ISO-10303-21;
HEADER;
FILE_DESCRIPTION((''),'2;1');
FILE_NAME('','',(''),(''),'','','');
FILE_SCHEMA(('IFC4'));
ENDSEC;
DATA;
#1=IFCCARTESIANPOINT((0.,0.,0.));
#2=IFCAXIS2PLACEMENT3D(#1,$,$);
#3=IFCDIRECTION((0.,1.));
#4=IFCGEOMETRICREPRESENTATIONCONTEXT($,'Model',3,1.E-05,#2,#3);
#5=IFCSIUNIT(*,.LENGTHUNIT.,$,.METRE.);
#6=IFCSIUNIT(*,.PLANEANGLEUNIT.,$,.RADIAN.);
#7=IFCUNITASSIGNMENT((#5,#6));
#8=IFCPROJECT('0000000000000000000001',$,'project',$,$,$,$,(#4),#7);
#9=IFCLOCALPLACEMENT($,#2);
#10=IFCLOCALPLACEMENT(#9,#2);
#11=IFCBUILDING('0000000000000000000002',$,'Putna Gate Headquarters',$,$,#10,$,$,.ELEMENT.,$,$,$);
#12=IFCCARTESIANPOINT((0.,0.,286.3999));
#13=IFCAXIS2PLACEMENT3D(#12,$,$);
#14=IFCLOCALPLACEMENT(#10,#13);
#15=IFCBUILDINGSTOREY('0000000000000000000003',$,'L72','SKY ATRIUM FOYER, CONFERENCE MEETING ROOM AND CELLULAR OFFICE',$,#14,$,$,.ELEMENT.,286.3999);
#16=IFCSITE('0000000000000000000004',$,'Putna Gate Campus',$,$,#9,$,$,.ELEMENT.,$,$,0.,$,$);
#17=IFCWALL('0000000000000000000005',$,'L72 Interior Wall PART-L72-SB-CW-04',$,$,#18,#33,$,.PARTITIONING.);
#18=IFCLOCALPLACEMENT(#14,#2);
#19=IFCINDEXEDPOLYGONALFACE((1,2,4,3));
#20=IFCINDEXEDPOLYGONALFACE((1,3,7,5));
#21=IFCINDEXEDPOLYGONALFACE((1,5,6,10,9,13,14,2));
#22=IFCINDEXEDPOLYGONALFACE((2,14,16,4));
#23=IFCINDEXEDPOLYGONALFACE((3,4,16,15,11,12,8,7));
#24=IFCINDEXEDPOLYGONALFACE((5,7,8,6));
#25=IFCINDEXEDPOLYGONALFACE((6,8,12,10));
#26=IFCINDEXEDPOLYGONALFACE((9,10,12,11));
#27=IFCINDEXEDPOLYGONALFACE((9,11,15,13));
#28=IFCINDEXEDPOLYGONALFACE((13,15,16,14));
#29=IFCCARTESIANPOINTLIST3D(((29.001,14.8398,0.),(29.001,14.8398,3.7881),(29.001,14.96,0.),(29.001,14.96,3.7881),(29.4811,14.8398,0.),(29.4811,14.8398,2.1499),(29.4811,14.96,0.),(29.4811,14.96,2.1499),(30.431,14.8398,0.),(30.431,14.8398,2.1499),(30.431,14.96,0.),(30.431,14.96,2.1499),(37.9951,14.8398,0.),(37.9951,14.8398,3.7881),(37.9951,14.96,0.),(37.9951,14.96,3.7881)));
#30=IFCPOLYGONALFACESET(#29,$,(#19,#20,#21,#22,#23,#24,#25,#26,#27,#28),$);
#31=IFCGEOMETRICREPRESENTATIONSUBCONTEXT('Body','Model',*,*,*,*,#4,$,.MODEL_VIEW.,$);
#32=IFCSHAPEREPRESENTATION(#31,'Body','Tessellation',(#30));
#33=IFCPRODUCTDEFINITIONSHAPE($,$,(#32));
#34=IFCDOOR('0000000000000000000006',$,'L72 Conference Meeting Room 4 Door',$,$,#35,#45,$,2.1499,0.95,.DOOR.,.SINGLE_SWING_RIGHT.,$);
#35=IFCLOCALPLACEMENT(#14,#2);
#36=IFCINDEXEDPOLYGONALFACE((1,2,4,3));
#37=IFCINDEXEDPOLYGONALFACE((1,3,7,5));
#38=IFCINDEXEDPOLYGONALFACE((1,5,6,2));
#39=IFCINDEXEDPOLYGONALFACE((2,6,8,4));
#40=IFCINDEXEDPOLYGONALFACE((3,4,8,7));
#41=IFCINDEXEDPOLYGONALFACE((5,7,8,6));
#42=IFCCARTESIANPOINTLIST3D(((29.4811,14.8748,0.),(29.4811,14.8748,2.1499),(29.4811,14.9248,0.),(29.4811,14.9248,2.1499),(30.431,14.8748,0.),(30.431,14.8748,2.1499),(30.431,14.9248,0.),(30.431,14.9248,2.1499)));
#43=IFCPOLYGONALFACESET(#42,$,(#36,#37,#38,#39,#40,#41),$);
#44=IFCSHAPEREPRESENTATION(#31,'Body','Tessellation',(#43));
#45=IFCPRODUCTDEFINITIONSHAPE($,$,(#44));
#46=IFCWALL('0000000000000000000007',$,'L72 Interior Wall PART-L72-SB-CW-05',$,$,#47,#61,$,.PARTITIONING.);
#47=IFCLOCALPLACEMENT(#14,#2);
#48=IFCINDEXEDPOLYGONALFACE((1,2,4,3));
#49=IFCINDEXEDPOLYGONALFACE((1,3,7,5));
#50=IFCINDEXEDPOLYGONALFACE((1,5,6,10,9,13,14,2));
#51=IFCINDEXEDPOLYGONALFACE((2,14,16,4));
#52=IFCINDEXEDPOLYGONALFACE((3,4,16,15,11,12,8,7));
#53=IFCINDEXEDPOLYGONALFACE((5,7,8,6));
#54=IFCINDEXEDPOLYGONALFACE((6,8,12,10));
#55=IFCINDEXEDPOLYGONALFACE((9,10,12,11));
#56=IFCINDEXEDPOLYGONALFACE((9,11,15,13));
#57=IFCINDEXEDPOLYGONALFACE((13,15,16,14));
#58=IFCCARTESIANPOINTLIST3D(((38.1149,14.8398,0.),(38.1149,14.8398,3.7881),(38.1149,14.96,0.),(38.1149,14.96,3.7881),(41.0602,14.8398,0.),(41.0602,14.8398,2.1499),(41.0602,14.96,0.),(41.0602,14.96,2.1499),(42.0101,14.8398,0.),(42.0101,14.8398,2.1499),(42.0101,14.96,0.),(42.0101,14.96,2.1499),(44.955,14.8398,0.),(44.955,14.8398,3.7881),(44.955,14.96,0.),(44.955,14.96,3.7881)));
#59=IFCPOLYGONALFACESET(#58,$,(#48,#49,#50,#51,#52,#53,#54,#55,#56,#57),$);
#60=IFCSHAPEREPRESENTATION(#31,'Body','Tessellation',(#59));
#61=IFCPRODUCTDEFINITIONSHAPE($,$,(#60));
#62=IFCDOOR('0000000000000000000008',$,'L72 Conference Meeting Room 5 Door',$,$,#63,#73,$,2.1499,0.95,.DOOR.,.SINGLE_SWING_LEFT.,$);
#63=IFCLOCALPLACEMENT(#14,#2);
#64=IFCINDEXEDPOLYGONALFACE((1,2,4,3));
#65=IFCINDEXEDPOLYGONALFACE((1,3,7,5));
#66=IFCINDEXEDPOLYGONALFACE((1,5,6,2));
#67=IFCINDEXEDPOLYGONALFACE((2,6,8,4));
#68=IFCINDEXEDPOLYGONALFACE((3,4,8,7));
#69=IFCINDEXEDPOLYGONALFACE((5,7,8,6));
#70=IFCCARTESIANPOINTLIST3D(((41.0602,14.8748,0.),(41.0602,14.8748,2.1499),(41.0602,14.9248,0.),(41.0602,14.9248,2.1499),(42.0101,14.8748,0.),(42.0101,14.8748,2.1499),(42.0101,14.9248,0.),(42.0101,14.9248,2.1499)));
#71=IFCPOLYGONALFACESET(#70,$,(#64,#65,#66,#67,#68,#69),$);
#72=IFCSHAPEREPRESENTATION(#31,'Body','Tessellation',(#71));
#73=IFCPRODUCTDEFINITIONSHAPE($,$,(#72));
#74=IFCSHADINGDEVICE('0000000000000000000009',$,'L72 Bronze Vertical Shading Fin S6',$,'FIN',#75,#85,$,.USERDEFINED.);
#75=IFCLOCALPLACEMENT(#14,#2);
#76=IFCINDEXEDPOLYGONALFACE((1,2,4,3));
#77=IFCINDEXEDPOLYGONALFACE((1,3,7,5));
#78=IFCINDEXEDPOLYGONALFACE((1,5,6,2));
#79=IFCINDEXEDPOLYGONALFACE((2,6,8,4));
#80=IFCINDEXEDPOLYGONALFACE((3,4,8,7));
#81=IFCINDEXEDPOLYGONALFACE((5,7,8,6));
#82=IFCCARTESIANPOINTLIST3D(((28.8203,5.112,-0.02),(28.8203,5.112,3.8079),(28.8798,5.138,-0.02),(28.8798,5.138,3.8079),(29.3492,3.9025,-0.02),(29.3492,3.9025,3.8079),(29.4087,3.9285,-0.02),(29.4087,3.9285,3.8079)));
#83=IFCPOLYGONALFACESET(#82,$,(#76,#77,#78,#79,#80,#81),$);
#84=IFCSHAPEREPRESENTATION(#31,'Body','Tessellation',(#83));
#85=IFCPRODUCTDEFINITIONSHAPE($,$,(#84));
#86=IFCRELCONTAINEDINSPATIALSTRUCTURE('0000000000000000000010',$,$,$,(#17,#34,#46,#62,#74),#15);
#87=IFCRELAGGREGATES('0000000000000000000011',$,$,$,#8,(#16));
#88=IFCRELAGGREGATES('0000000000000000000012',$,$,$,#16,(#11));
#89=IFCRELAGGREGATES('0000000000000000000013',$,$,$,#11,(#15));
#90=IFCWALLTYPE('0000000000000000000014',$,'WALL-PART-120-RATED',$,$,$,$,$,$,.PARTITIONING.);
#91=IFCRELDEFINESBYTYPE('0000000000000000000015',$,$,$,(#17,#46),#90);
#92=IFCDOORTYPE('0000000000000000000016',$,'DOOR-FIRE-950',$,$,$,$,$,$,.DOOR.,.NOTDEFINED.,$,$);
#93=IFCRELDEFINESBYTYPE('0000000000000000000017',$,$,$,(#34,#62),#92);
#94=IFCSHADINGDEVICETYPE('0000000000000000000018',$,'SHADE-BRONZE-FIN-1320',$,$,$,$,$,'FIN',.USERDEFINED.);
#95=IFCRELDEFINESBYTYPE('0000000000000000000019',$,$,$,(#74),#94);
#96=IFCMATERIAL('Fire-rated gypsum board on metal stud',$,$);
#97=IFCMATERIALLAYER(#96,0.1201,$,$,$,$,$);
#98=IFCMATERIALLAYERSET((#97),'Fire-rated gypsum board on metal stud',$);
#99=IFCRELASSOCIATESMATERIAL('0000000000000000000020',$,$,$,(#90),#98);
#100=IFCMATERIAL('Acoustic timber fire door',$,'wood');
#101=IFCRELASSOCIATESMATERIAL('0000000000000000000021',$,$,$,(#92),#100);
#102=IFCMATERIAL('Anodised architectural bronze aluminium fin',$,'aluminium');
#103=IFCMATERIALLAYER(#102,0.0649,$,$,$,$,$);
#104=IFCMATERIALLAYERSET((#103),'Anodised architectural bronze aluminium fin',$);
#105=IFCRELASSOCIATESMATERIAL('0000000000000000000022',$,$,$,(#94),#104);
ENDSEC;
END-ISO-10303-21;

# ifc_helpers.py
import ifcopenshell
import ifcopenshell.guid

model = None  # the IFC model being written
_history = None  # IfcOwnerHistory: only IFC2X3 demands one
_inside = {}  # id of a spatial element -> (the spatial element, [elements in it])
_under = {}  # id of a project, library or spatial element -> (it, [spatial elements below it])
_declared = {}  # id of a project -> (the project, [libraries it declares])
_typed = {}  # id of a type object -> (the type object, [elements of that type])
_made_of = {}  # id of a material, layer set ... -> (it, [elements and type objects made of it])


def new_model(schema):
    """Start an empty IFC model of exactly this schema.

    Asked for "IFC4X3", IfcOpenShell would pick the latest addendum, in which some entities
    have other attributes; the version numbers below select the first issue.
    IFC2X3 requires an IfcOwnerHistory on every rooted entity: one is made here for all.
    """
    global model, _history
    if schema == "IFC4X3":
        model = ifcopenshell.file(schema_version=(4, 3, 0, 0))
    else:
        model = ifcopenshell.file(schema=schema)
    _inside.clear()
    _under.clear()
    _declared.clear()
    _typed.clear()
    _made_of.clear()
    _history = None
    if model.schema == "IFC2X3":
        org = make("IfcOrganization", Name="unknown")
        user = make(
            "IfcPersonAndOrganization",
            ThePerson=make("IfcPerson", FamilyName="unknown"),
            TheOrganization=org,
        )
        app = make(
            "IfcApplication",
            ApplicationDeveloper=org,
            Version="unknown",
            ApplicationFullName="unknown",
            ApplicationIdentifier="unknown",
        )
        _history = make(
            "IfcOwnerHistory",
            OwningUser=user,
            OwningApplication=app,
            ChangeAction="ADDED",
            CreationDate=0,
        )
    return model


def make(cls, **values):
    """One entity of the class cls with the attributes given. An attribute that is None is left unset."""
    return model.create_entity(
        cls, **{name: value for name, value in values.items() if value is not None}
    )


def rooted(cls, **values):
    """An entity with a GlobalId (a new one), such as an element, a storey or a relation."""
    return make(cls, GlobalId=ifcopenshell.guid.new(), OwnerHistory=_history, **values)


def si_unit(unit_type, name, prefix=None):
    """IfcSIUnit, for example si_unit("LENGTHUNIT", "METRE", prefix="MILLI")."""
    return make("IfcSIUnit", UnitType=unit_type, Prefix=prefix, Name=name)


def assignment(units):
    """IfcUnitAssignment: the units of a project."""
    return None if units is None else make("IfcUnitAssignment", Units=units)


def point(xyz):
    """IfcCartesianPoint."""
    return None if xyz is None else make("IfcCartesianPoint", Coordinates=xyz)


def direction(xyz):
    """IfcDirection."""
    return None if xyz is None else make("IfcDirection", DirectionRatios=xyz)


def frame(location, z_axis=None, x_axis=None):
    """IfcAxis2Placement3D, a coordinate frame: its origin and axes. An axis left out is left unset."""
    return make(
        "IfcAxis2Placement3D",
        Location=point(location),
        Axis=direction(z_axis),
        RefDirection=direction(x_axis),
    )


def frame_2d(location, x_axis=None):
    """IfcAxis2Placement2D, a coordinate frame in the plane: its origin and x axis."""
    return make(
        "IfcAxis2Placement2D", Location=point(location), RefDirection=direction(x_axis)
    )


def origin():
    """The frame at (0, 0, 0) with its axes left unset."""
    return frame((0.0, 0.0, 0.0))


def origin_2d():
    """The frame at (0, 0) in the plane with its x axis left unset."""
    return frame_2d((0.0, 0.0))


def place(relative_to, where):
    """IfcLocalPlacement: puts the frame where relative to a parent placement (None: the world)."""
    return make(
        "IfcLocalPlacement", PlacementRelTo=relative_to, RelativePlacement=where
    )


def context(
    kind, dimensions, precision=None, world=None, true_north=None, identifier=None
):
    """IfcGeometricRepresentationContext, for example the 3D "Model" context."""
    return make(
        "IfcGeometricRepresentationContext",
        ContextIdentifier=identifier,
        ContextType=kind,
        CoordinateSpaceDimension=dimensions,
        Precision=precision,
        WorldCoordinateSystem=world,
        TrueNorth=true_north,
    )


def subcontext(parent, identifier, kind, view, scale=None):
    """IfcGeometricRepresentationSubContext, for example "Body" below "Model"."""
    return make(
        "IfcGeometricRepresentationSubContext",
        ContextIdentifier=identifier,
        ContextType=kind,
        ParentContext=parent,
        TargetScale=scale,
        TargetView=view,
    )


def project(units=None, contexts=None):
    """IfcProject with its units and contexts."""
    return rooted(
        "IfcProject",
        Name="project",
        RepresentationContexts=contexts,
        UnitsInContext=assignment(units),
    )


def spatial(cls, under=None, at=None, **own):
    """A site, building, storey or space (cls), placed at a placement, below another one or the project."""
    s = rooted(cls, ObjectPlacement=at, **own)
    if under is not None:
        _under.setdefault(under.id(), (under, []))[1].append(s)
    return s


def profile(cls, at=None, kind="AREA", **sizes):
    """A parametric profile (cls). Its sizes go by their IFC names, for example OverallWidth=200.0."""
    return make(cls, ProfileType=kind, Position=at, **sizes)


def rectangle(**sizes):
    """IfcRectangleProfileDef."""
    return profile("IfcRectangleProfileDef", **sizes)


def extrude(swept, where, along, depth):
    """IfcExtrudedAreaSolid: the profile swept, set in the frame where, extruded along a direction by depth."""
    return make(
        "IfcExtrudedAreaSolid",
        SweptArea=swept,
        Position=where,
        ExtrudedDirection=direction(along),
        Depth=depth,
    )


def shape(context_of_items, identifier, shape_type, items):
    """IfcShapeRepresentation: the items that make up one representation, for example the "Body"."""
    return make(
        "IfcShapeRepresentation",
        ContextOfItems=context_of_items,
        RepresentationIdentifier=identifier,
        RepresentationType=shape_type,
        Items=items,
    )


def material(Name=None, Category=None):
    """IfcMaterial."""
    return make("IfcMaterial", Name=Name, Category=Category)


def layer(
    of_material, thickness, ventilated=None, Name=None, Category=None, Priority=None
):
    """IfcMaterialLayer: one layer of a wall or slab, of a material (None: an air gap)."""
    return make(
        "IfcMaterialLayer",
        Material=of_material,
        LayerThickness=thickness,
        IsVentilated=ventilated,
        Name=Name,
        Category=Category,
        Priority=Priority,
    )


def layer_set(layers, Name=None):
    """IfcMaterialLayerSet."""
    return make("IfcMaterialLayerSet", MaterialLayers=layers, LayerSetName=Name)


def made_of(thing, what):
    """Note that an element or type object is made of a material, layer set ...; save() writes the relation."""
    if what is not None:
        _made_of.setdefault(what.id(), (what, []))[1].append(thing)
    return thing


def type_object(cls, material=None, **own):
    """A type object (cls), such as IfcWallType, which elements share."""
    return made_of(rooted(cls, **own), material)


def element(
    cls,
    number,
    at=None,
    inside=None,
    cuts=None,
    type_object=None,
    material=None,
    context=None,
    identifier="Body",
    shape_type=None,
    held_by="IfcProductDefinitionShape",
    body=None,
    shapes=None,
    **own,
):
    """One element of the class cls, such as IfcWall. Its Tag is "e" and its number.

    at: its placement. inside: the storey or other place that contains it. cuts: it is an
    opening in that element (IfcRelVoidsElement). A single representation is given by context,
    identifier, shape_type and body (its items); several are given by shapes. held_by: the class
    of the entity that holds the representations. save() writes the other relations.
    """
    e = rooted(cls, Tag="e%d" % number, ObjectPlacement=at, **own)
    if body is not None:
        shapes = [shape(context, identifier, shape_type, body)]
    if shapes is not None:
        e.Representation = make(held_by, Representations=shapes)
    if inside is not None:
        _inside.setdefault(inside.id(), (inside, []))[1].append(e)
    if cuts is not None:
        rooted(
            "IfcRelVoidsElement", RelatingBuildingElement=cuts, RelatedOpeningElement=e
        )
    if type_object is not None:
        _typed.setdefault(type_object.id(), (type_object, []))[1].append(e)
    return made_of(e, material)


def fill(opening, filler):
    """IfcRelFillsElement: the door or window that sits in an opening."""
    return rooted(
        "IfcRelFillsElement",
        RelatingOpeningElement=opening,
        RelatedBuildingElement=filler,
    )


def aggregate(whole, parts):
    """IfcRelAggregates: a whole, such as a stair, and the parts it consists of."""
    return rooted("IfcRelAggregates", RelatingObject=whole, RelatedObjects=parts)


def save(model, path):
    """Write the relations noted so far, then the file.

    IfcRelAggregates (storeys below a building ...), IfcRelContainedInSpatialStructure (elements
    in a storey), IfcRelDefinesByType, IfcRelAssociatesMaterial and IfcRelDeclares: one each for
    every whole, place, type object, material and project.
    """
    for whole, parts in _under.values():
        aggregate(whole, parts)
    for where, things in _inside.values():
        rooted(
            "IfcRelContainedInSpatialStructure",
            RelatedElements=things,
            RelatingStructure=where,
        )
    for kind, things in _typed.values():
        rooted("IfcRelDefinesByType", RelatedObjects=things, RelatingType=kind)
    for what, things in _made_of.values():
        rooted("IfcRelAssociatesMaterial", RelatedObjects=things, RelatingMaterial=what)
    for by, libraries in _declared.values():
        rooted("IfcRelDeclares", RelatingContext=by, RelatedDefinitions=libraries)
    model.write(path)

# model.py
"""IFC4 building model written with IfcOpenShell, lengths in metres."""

from ifc_helpers import new_model, si_unit, direction, frame, frame_2d, origin, origin_2d, place, context, subcontext, project, spatial, rectangle, extrude, material, layer, layer_set, type_object, element, fill, save


model = new_model("IFC4")

# Units and contexts
model_context = context("Model", 3, precision=1e-05, world=origin(), true_north=direction((0.0, 1.0)))
body_context = subcontext(model_context, "Body", "Model", "MODEL_VIEW")
ifc_project = project(units=[si_unit("LENGTHUNIT", "METRE"), si_unit("PLANEANGLEUNIT", "RADIAN")], contexts=[model_context])

# Site, building, storey
site_placement = place(None, origin())
site = spatial("IfcSite", under=ifc_project, at=site_placement, Name="Putna Gate Campus", CompositionType="ELEMENT", RefElevation=0.0)
building_placement = place(site_placement, origin())
building = spatial("IfcBuilding", under=site, at=building_placement, Name="Putna Gate Headquarters", CompositionType="ELEMENT")
storey_placement = place(building_placement, frame((0.0, 0.0, 286.3999)))
storey = spatial("IfcBuildingStorey", under=building, at=storey_placement, Name="L72", Description="SKY ATRIUM FOYER, CONFERENCE MEETING ROOM AND CELLULAR OFFICE", CompositionType="ELEMENT", Elevation=286.3999)

# Walls, openings, doors
ifc_material_1 = material(Name="Fire-rated gypsum board on metal stud")
ifc_layer_1 = layer(ifc_material_1, 0.1201)
ifc_layer_set_1 = layer_set([ifc_layer_1], Name="Fire-rated gypsum board on metal stud")
wall_type_1 = type_object("IfcWallType", Name="WALL-PART-120-RATED", PredefinedType="PARTITIONING", material=ifc_layer_set_1)
wall_1_placement = place(storey_placement, frame((29.001, 14.8999, 0.0), z_axis=(0.0, 0.0, 1.0), x_axis=(1.0, 0.0, 0.0)))
wall_1 = element("IfcWall", 1, at=wall_1_placement, inside=storey, type_object=wall_type_1, Name="L72 Interior Wall PART-L72-SB-CW-04", PredefinedType="PARTITIONING", context=body_context, shape_type="SweptSolid", body=[
    extrude(rectangle(XDim=8.9941, YDim=0.1201, at=frame_2d((4.4971, 0.0))), origin(), (0.0, 0.0, 1.0), 3.7881),
])
opening_1_placement = place(wall_1_placement, frame((0.48, 0.0, 0.0)))
opening_1 = element("IfcOpeningElement", 2, at=opening_1_placement, cuts=wall_1, PredefinedType="OPENING", context=body_context, shape_type="SweptSolid", body=[
    extrude(rectangle(XDim=0.95, YDim=2.1499, at=frame_2d((0.4751, 1.075))), frame((0.0, 0.0701, 0.0), z_axis=(0.0, -1.0, 0.0), x_axis=(1.0, 0.0, 0.0)), (0.0, 0.0, 1.0), 0.1401),
])
ifc_material_2 = material(Name="Acoustic timber fire door", Category="wood")
door_type = type_object("IfcDoorType", Name="DOOR-FIRE-950", OperationType="NOTDEFINED", PredefinedType="DOOR", material=ifc_material_2)
door_1_placement = place(opening_1_placement, origin())
door_1 = element("IfcDoor", 3, at=door_1_placement, inside=storey, type_object=door_type, Name="L72 Conference Meeting Room 4 Door", OperationType="SINGLE_SWING_RIGHT", OverallHeight=2.1499, OverallWidth=0.95, PredefinedType="DOOR", context=body_context, shape_type="SweptSolid", body=[
    extrude(rectangle(XDim=0.95, YDim=2.1499, at=frame_2d((0.4751, 1.075))), frame((0.0, 0.0249, 0.0), z_axis=(0.0, -1.0, 0.0), x_axis=(1.0, 0.0, 0.0)), (0.0, 0.0, 1.0), 0.05),
])
fill(opening_1, door_1)
wall_2_placement = place(storey_placement, frame((38.115, 14.8999, 0.0), z_axis=(0.0, 0.0, 1.0), x_axis=(1.0, 0.0, 0.0)))
wall_2 = element("IfcWall", 4, at=wall_2_placement, inside=storey, type_object=wall_type_1, Name="L72 Interior Wall PART-L72-SB-CW-05", PredefinedType="PARTITIONING", context=body_context, shape_type="SweptSolid", body=[
    extrude(rectangle(XDim=6.8401, YDim=0.1201, at=frame_2d((3.4199, 0.0))), origin(), (0.0, 0.0, 1.0), 3.7881),
])
opening_2_placement = place(wall_2_placement, frame((2.9451, 0.0, 0.0)))
opening_2 = element("IfcOpeningElement", 5, at=opening_2_placement, cuts=wall_2, PredefinedType="OPENING", context=body_context, shape_type="SweptSolid", body=[
    extrude(rectangle(XDim=0.95, YDim=2.1499, at=frame_2d((0.4751, 1.075))), frame((0.0, 0.0701, 0.0), z_axis=(0.0, -1.0, 0.0), x_axis=(1.0, 0.0, 0.0)), (0.0, 0.0, 1.0), 0.1401),
])
door_2_placement = place(opening_2_placement, origin())
door_2 = element("IfcDoor", 6, at=door_2_placement, inside=storey, type_object=door_type, Name="L72 Conference Meeting Room 5 Door", OperationType="SINGLE_SWING_LEFT", OverallHeight=2.1499, OverallWidth=0.95, PredefinedType="DOOR", context=body_context, shape_type="SweptSolid", body=[
    extrude(rectangle(XDim=0.95, YDim=2.1499, at=frame_2d((0.4751, 1.075))), frame((0.0, 0.0249, 0.0), z_axis=(0.0, -1.0, 0.0), x_axis=(1.0, 0.0, 0.0)), (0.0, 0.0, 1.0), 0.05),
])
fill(opening_2, door_2)

# Shading device
ifc_material_3 = material(Name="Anodised architectural bronze aluminium fin", Category="aluminium")
ifc_layer_2 = layer(ifc_material_3, 0.0649)
ifc_layer_set_2 = layer_set([ifc_layer_2], Name="Anodised architectural bronze aluminium fin")
shading_device_type = type_object("IfcShadingDeviceType", Name="SHADE-BRONZE-FIN-1320", ElementType="FIN", PredefinedType="USERDEFINED", material=ifc_layer_set_2)
shading_device_placement = place(storey_placement, frame((29.1145, 4.5203, -0.02), z_axis=(0.0, 0.0, 1.0), x_axis=(0.400669, -0.916223, 0.0)))
element("IfcShadingDevice", 7, at=shading_device_placement, inside=storey, type_object=shading_device_type, Name="L72 Bronze Vertical Shading Fin S6", ObjectType="FIN", PredefinedType="USERDEFINED", context=body_context, shape_type="SweptSolid", body=[
    extrude(rectangle(XDim=1.3201, YDim=0.0649, at=origin_2d()), origin(), (0.0, 0.0, 1.0), 3.8279),
])

save(model, "model.ifc")
